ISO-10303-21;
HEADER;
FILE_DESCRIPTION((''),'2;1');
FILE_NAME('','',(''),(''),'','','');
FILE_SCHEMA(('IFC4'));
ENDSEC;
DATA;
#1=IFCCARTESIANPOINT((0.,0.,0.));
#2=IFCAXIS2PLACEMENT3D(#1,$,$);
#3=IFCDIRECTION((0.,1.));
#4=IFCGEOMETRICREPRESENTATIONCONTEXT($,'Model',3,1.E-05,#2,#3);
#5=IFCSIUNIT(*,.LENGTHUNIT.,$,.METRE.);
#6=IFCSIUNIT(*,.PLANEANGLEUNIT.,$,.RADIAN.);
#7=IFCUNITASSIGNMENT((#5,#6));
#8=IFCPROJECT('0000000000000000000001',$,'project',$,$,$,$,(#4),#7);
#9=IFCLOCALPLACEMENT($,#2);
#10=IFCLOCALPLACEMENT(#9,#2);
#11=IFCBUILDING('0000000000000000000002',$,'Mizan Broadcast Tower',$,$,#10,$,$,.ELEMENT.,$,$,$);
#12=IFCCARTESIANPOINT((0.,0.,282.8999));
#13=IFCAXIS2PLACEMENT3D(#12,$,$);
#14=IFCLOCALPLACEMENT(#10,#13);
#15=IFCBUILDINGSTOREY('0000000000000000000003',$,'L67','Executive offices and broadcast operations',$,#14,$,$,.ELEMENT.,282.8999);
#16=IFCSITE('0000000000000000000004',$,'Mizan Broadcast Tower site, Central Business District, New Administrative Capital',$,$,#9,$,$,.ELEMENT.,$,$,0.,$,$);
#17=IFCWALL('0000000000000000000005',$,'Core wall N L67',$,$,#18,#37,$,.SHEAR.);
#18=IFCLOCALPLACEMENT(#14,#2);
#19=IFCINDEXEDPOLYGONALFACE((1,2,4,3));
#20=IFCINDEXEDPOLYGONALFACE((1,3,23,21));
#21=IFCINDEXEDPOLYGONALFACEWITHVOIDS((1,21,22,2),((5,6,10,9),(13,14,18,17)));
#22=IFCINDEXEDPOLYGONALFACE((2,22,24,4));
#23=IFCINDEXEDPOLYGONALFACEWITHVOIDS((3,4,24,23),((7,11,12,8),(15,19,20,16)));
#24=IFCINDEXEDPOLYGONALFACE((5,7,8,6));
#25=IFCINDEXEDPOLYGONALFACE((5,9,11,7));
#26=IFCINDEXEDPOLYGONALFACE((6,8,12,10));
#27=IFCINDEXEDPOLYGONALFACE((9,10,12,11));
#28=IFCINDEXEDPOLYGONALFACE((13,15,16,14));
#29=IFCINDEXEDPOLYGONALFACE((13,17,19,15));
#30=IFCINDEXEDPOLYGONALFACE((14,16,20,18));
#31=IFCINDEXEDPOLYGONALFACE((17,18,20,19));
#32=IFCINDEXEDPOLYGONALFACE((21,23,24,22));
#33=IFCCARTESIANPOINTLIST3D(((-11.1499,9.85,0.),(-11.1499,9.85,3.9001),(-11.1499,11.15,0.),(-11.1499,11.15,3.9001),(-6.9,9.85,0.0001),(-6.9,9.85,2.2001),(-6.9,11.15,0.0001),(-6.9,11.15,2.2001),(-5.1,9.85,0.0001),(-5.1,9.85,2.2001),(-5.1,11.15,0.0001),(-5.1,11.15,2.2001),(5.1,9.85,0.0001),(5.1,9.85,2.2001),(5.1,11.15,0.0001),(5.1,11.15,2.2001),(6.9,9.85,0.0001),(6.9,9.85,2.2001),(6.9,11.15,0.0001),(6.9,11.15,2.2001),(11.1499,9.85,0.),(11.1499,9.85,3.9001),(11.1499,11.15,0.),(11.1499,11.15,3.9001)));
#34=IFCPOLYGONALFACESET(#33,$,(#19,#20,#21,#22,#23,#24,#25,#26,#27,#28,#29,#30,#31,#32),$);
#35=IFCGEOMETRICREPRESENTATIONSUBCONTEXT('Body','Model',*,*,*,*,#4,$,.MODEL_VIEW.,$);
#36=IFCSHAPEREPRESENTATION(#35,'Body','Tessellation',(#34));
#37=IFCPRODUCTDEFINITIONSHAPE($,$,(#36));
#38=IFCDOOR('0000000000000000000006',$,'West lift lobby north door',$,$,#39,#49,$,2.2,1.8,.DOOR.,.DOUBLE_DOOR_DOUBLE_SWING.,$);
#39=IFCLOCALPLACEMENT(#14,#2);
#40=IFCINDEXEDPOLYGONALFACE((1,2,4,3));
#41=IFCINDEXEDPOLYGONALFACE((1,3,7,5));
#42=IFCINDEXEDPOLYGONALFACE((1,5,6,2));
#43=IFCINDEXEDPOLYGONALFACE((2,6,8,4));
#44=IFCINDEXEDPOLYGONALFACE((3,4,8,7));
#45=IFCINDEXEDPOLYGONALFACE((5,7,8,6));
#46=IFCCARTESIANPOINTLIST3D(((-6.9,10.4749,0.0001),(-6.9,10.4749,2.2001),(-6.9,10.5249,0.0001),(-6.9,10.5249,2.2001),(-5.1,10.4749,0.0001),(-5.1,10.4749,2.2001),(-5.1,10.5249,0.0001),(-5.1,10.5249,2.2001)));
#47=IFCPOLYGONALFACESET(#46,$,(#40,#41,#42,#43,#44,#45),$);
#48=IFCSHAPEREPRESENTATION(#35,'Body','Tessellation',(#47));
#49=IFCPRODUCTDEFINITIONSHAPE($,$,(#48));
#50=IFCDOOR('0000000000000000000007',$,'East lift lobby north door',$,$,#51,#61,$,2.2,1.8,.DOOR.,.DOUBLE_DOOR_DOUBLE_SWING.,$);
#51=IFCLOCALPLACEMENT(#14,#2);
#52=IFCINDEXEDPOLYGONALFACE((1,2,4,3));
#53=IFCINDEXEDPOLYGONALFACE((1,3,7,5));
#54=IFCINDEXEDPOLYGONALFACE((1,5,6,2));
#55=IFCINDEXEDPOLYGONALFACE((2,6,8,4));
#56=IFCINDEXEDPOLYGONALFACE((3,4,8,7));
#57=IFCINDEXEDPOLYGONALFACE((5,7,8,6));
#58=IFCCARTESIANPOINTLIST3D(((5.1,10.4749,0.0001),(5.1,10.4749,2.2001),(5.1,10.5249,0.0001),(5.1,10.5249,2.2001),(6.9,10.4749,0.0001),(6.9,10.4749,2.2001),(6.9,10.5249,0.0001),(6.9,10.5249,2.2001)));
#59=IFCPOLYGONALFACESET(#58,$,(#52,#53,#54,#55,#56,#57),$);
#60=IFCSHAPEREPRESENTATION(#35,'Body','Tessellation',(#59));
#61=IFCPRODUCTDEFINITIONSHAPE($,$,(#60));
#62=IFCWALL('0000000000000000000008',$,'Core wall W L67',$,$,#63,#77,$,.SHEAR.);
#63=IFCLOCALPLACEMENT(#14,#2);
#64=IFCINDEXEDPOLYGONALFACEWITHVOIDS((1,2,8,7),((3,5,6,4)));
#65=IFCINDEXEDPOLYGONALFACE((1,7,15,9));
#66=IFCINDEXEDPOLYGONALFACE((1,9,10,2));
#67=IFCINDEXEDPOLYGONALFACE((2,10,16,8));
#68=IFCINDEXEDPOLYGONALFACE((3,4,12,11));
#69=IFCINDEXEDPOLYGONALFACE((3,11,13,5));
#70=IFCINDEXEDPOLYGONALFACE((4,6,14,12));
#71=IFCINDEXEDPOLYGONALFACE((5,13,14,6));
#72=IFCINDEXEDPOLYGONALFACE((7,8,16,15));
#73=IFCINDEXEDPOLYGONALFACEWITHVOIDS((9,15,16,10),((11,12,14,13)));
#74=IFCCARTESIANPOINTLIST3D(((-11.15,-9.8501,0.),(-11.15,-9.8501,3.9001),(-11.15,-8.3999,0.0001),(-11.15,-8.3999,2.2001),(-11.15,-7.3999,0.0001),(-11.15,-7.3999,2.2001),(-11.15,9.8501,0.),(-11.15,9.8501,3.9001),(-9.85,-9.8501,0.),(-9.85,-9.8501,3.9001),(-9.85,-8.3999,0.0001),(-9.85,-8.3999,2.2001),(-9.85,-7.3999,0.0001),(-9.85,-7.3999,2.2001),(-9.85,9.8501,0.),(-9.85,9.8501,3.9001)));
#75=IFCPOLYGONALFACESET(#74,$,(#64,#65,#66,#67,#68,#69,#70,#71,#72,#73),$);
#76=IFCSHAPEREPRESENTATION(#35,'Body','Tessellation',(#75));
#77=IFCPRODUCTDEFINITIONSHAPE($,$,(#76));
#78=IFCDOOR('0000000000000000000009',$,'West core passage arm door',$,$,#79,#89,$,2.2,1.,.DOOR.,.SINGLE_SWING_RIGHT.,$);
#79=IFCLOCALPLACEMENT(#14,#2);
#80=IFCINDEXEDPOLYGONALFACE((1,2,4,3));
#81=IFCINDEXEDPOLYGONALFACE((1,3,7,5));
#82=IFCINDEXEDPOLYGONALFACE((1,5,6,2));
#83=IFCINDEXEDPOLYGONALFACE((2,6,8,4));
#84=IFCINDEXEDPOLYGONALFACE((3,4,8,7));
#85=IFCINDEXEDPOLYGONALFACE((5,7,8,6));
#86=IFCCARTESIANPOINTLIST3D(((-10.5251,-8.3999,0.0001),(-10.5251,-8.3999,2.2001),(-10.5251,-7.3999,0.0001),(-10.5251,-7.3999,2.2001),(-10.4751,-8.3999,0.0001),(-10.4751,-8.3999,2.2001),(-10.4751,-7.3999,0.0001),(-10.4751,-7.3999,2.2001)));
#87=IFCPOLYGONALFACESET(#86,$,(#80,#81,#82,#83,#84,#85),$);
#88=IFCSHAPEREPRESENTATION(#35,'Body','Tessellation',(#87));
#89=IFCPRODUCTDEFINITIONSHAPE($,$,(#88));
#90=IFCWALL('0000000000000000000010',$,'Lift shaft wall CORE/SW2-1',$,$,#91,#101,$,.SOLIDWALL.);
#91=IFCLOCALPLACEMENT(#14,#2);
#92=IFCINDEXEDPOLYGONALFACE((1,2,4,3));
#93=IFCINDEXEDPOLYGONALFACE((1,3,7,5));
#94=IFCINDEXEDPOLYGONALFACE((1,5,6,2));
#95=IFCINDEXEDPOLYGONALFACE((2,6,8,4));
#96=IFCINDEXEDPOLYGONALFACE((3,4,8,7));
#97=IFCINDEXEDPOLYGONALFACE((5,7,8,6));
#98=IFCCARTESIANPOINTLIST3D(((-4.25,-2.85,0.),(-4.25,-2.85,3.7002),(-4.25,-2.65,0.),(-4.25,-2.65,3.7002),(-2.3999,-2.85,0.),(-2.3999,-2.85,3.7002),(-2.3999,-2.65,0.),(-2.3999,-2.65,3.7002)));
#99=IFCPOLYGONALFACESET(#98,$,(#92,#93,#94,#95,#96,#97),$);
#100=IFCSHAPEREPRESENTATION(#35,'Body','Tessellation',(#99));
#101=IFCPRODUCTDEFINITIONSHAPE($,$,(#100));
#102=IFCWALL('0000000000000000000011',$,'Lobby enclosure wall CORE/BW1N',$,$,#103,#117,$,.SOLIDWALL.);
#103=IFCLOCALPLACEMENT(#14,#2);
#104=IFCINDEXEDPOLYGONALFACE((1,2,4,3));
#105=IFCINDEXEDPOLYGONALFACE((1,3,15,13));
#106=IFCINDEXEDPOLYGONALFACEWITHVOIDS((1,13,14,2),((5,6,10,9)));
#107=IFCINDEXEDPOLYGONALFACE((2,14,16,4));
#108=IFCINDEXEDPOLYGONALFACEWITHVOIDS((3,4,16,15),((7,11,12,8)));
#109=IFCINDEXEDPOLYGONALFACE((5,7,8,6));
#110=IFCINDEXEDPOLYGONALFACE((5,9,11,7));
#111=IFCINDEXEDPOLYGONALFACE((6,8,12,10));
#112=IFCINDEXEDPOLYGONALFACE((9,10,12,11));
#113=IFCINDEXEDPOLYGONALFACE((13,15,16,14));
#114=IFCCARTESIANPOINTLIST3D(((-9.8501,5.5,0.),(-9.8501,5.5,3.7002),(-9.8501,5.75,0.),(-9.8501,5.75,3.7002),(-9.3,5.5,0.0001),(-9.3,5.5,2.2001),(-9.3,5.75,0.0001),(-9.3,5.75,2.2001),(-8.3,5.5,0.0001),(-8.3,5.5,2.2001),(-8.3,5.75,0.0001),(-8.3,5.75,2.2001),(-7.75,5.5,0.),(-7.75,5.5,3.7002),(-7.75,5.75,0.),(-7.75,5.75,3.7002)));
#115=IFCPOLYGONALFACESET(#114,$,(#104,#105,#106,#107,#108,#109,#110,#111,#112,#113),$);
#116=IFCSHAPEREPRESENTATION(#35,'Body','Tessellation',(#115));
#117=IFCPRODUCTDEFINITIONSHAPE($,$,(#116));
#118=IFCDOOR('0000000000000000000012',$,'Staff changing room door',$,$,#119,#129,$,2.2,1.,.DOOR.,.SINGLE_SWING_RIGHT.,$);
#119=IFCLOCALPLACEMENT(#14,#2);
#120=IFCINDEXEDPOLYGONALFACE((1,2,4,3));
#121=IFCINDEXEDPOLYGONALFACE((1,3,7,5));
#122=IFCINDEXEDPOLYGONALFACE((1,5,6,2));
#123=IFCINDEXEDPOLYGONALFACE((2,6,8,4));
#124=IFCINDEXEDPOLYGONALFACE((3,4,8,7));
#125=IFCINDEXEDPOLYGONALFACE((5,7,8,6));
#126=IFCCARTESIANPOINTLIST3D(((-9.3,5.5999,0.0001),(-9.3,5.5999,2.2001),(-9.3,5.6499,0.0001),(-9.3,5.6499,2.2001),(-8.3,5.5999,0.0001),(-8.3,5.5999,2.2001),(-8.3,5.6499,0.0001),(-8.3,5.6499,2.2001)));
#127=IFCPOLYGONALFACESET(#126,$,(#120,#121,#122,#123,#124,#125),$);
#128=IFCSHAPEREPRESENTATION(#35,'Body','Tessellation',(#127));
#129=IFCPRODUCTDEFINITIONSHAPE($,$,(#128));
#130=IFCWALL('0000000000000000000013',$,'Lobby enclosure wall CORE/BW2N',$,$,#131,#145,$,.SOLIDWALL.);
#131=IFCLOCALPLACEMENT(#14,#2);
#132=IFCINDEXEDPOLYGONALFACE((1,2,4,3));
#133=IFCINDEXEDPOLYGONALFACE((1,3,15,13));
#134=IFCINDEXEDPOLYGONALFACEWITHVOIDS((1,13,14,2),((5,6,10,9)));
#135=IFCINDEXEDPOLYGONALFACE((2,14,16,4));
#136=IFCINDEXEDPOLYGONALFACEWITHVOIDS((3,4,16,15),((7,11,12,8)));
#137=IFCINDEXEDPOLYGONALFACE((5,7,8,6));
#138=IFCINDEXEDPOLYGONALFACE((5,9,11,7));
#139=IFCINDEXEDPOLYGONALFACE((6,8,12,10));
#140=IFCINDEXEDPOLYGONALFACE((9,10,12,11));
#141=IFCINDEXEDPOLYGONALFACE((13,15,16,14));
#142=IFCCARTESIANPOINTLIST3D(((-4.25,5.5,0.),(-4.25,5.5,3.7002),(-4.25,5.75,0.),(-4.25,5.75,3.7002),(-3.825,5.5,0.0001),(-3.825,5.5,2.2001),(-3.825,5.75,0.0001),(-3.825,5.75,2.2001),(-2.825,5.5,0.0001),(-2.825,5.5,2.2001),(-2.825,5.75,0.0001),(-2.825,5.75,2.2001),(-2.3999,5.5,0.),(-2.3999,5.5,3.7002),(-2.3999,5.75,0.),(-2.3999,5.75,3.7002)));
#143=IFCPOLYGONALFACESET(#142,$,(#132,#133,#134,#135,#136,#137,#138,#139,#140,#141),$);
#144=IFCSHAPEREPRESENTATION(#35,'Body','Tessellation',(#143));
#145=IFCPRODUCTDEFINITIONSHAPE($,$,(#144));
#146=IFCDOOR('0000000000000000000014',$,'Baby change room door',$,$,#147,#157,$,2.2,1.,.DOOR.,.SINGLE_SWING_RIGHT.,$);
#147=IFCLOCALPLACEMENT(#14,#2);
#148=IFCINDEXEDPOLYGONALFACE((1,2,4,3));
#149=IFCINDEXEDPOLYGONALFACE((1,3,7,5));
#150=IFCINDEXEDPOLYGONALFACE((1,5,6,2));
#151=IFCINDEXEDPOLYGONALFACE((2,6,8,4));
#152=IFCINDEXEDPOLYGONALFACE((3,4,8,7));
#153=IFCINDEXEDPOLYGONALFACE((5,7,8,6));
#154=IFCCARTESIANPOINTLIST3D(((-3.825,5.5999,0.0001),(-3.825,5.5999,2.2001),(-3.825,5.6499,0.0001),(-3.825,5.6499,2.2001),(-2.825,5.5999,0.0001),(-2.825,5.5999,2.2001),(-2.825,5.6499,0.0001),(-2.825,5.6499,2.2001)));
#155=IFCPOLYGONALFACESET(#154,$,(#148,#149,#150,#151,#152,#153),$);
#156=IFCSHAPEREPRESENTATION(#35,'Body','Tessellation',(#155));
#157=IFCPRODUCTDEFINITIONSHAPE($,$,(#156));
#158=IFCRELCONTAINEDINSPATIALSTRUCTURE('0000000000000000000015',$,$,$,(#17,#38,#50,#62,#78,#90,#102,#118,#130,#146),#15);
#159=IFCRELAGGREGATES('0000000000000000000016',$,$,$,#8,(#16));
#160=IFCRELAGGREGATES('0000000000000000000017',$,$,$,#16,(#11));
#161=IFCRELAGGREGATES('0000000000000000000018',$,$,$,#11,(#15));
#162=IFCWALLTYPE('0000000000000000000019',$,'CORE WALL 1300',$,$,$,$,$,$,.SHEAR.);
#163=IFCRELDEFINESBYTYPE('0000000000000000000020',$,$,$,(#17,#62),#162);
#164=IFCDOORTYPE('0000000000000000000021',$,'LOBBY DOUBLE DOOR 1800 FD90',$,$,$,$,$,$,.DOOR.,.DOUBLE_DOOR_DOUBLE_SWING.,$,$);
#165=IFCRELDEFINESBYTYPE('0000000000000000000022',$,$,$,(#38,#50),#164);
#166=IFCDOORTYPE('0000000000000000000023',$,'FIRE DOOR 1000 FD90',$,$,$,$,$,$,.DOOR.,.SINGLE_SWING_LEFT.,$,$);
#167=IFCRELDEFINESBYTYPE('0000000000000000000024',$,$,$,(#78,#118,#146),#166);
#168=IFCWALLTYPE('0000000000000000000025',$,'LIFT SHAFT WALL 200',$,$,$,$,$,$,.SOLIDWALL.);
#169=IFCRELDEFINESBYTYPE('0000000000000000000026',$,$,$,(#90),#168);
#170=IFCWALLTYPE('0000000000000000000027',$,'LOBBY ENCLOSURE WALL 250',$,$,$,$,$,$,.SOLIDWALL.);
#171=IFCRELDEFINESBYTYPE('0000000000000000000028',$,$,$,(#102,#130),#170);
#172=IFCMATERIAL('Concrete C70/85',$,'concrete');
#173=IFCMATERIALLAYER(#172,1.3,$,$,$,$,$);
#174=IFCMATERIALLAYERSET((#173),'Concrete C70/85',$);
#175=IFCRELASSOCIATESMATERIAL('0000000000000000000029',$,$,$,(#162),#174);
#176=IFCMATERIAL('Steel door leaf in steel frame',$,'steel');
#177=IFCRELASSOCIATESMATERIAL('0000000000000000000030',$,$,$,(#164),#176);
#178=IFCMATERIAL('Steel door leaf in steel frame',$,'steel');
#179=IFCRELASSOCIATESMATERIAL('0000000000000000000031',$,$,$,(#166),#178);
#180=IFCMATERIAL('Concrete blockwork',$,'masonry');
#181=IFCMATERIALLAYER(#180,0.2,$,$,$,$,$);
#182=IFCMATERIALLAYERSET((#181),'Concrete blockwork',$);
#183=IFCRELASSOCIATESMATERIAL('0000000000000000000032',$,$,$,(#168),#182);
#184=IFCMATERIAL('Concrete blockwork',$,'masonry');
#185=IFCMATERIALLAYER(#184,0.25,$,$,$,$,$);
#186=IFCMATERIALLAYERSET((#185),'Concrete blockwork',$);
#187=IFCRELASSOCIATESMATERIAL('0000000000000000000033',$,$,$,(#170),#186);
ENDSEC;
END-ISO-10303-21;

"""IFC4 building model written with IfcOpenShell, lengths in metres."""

from ifc_helpers import new_model, si_unit, direction, frame, frame_2d, origin, place, context, subcontext, project, spatial, rectangle, extrude, material, layer, layer_set, type_object, element, fill, save


model = new_model("IFC4")

# Units and contexts
model_context = context("Model", 3, precision=1e-05, world=origin(), true_north=direction((0.0, 1.0)))
body_context = subcontext(model_context, "Body", "Model", "MODEL_VIEW")
ifc_project = project(units=[si_unit("LENGTHUNIT", "METRE"), si_unit("PLANEANGLEUNIT", "RADIAN")], contexts=[model_context])

# Site, building, storey
site_placement = place(None, origin())
site = spatial("IfcSite", under=ifc_project, at=site_placement, Name="Mizan Broadcast Tower site, Central Business District, New Administrative Capital", CompositionType="ELEMENT", RefElevation=0.0)
building_placement = place(site_placement, origin())
building = spatial("IfcBuilding", under=site, at=building_placement, Name="Mizan Broadcast Tower", CompositionType="ELEMENT")
storey_placement = place(building_placement, frame((0.0, 0.0, 282.8999)))
storey = spatial("IfcBuildingStorey", under=building, at=storey_placement, Name="L67", Description="Executive offices and broadcast operations", CompositionType="ELEMENT", Elevation=282.8999)

# Wall, openings, doors
ifc_material_1 = material(Name="Concrete C70/85", Category="concrete")
ifc_layer_1 = layer(ifc_material_1, 1.3)
ifc_layer_set_1 = layer_set([ifc_layer_1], Name="Concrete C70/85")
wall_type_1 = type_object("IfcWallType", Name="CORE WALL 1300", PredefinedType="SHEAR", material=ifc_layer_set_1)
wall_1_placement = place(storey_placement, frame((-11.1499, 10.5, 0.0), z_axis=(0.0, 0.0, 1.0), x_axis=(1.0, 0.0, 0.0)))
wall_1 = element("IfcWall", 1, at=wall_1_placement, inside=storey, type_object=wall_type_1, Name="Core wall N L67", PredefinedType="SHEAR", context=body_context, shape_type="SweptSolid", body=[
    extrude(rectangle(XDim=22.2998, YDim=1.3, at=frame_2d((11.1499, 0.0))), origin(), (0.0, 0.0, 1.0), 3.9001),
])
opening_1_placement = place(wall_1_placement, frame((4.25, 0.0, 0.0)))
opening_1 = element("IfcOpeningElement", 2, at=opening_1_placement, cuts=wall_1, PredefinedType="OPENING", context=body_context, shape_type="SweptSolid", body=[
    extrude(rectangle(XDim=1.8, YDim=2.2, at=frame_2d((0.8999, 1.1001))), frame((0.0, 0.6599, 0.0), z_axis=(0.0, -1.0, 0.0), x_axis=(1.0, 0.0, 0.0)), (0.0, 0.0, 1.0), 1.3201),
])
opening_2_placement = place(wall_1_placement, frame((16.25, 0.0, 0.0)))
opening_2 = element("IfcOpeningElement", 3, at=opening_2_placement, cuts=wall_1, PredefinedType="OPENING", context=body_context, shape_type="SweptSolid", body=[
    extrude(rectangle(XDim=1.8, YDim=2.2, at=frame_2d((0.8999, 1.1001))), frame((0.0, 0.6599, 0.0), z_axis=(0.0, -1.0, 0.0), x_axis=(1.0, 0.0, 0.0)), (0.0, 0.0, 1.0), 1.3201),
])
ifc_material_2 = material(Name="Steel door leaf in steel frame", Category="steel")
door_type_1 = type_object("IfcDoorType", Name="LOBBY DOUBLE DOOR 1800 FD90", OperationType="DOUBLE_DOOR_DOUBLE_SWING", PredefinedType="DOOR", material=ifc_material_2)
door_1_placement = place(opening_1_placement, origin())
door_1 = element("IfcDoor", 4, at=door_1_placement, inside=storey, type_object=door_type_1, Name="West lift lobby north door", OperationType="DOUBLE_DOOR_DOUBLE_SWING", OverallHeight=2.2, OverallWidth=1.8, PredefinedType="DOOR", context=body_context, shape_type="SweptSolid", body=[
    extrude(rectangle(XDim=1.8, YDim=2.2, at=frame_2d((0.8999, 1.1001))), frame((0.0, 0.0249, 0.0), z_axis=(0.0, -1.0, 0.0), x_axis=(1.0, 0.0, 0.0)), (0.0, 0.0, 1.0), 0.05),
])
fill(opening_1, door_1)
door_2_placement = place(opening_2_placement, origin())
door_2 = element("IfcDoor", 5, at=door_2_placement, inside=storey, type_object=door_type_1, Name="East lift lobby north door", OperationType="DOUBLE_DOOR_DOUBLE_SWING", OverallHeight=2.2, OverallWidth=1.8, PredefinedType="DOOR", context=body_context, shape_type="SweptSolid", body=[
    extrude(rectangle(XDim=1.8, YDim=2.2, at=frame_2d((0.8999, 1.1001))), frame((0.0, 0.0249, 0.0), z_axis=(0.0, -1.0, 0.0), x_axis=(1.0, 0.0, 0.0)), (0.0, 0.0, 1.0), 0.05),
])
fill(opening_2, door_2)

# Wall, opening, door
wall_2_placement = place(storey_placement, frame((-10.5, 9.8501, 0.0), z_axis=(0.0, 0.0, 1.0), x_axis=(0.0, -1.0, 0.0)))
wall_2 = element("IfcWall", 6, at=wall_2_placement, inside=storey, type_object=wall_type_1, Name="Core wall W L67", PredefinedType="SHEAR", context=body_context, shape_type="SweptSolid", body=[
    extrude(rectangle(XDim=19.7002, YDim=1.3, at=frame_2d((9.8501, 0.0))), origin(), (0.0, 0.0, 1.0), 3.9001),
])
opening_3_placement = place(wall_2_placement, frame((17.25, 0.0, 0.0)))
opening_3 = element("IfcOpeningElement", 7, at=opening_3_placement, cuts=wall_2, PredefinedType="OPENING", context=body_context, shape_type="SweptSolid", body=[
    extrude(rectangle(XDim=1.0, YDim=2.2, at=frame_2d((0.5, 1.1001))), frame((0.0, 0.6599, 0.0), z_axis=(0.0, -1.0, 0.0), x_axis=(1.0, 0.0, 0.0)), (0.0, 0.0, 1.0), 1.3201),
])
ifc_material_3 = material(Name="Steel door leaf in steel frame", Category="steel")
door_type_2 = type_object("IfcDoorType", Name="FIRE DOOR 1000 FD90", OperationType="SINGLE_SWING_LEFT", PredefinedType="DOOR", material=ifc_material_3)
door_3_placement = place(opening_3_placement, origin())
door_3 = element("IfcDoor", 8, at=door_3_placement, inside=storey, type_object=door_type_2, Name="West core passage arm door", OperationType="SINGLE_SWING_RIGHT", OverallHeight=2.2, OverallWidth=1.0, PredefinedType="DOOR", context=body_context, shape_type="SweptSolid", body=[
    extrude(rectangle(XDim=1.0, YDim=2.2, at=frame_2d((0.5, 1.1001))), frame((0.0, 0.0249, 0.0), z_axis=(0.0, -1.0, 0.0), x_axis=(1.0, 0.0, 0.0)), (0.0, 0.0, 1.0), 0.05),
])
fill(opening_3, door_3)

# Wall
ifc_material_4 = material(Name="Concrete blockwork", Category="masonry")
ifc_layer_2 = layer(ifc_material_4, 0.2)
ifc_layer_set_2 = layer_set([ifc_layer_2], Name="Concrete blockwork")
wall_type_2 = type_object("IfcWallType", Name="LIFT SHAFT WALL 200", PredefinedType="SOLIDWALL", material=ifc_layer_set_2)
wall_3_placement = place(storey_placement, frame((-4.25, -2.75, 0.0), z_axis=(0.0, 0.0, 1.0), x_axis=(1.0, 0.0, 0.0)))
element("IfcWall", 9, at=wall_3_placement, inside=storey, type_object=wall_type_2, Name="Lift shaft wall CORE/SW2-1", PredefinedType="SOLIDWALL", context=body_context, shape_type="SweptSolid", body=[
    extrude(rectangle(XDim=1.8501, YDim=0.2, at=frame_2d((0.925, 0.0))), origin(), (0.0, 0.0, 1.0), 3.7002),
])

# Walls, openings, doors
ifc_material_5 = material(Name="Concrete blockwork", Category="masonry")
ifc_layer_3 = layer(ifc_material_5, 0.25)
ifc_layer_set_3 = layer_set([ifc_layer_3], Name="Concrete blockwork")
wall_type_3 = type_object("IfcWallType", Name="LOBBY ENCLOSURE WALL 250", PredefinedType="SOLIDWALL", material=ifc_layer_set_3)
wall_4_placement = place(storey_placement, frame((-9.8501, 5.625, 0.0), z_axis=(0.0, 0.0, 1.0), x_axis=(1.0, 0.0, 0.0)))
wall_4 = element("IfcWall", 10, at=wall_4_placement, inside=storey, type_object=wall_type_3, Name="Lobby enclosure wall CORE/BW1N", PredefinedType="SOLIDWALL", context=body_context, shape_type="SweptSolid", body=[
    extrude(rectangle(XDim=2.1001, YDim=0.25, at=frame_2d((1.05, 0.0))), origin(), (0.0, 0.0, 1.0), 3.7002),
])
opening_4_placement = place(wall_4_placement, frame((0.55, 0.0, 0.0)))
opening_4 = element("IfcOpeningElement", 11, at=opening_4_placement, cuts=wall_4, PredefinedType="OPENING", context=body_context, shape_type="SweptSolid", body=[
    extrude(rectangle(XDim=1.0, YDim=2.2, at=frame_2d((0.5, 1.1001))), frame((0.0, 0.135, 0.0), z_axis=(0.0, -1.0, 0.0), x_axis=(1.0, 0.0, 0.0)), (0.0, 0.0, 1.0), 0.27),
])
door_4_placement = place(opening_4_placement, origin())
door_4 = element("IfcDoor", 12, at=door_4_placement, inside=storey, type_object=door_type_2, Name="Staff changing room door", OperationType="SINGLE_SWING_RIGHT", OverallHeight=2.2, OverallWidth=1.0, PredefinedType="DOOR", context=body_context, shape_type="SweptSolid", body=[
    extrude(rectangle(XDim=1.0, YDim=2.2, at=frame_2d((0.5, 1.1001))), frame((0.0, 0.0249, 0.0), z_axis=(0.0, -1.0, 0.0), x_axis=(1.0, 0.0, 0.0)), (0.0, 0.0, 1.0), 0.05),
])
fill(opening_4, door_4)
wall_5_placement = place(storey_placement, frame((-4.25, 5.625, 0.0), z_axis=(0.0, 0.0, 1.0), x_axis=(1.0, 0.0, 0.0)))
wall_5 = element("IfcWall", 13, at=wall_5_placement, inside=storey, type_object=wall_type_3, Name="Lobby enclosure wall CORE/BW2N", PredefinedType="SOLIDWALL", context=body_context, shape_type="SweptSolid", body=[
    extrude(rectangle(XDim=1.8501, YDim=0.25, at=frame_2d((0.925, 0.0))), origin(), (0.0, 0.0, 1.0), 3.7002),
])
opening_5_placement = place(wall_5_placement, frame((0.425, 0.0, 0.0)))
opening_5 = element("IfcOpeningElement", 14, at=opening_5_placement, cuts=wall_5, PredefinedType="OPENING", context=body_context, shape_type="SweptSolid", body=[
    extrude(rectangle(XDim=1.0, YDim=2.2, at=frame_2d((0.5, 1.1001))), frame((0.0, 0.135, 0.0), z_axis=(0.0, -1.0, 0.0), x_axis=(1.0, 0.0, 0.0)), (0.0, 0.0, 1.0), 0.27),
])
door_5_placement = place(opening_5_placement, origin())
door_5 = element("IfcDoor", 15, at=door_5_placement, inside=storey, type_object=door_type_2, Name="Baby change room door", OperationType="SINGLE_SWING_RIGHT", OverallHeight=2.2, OverallWidth=1.0, PredefinedType="DOOR", context=body_context, shape_type="SweptSolid", body=[
    extrude(rectangle(XDim=1.0, YDim=2.2, at=frame_2d((0.5, 1.1001))), frame((0.0, 0.0249, 0.0), z_axis=(0.0, -1.0, 0.0), x_axis=(1.0, 0.0, 0.0)), (0.0, 0.0, 1.0), 0.05),
])
fill(opening_5, door_5)

save(model, "model.ifc")
